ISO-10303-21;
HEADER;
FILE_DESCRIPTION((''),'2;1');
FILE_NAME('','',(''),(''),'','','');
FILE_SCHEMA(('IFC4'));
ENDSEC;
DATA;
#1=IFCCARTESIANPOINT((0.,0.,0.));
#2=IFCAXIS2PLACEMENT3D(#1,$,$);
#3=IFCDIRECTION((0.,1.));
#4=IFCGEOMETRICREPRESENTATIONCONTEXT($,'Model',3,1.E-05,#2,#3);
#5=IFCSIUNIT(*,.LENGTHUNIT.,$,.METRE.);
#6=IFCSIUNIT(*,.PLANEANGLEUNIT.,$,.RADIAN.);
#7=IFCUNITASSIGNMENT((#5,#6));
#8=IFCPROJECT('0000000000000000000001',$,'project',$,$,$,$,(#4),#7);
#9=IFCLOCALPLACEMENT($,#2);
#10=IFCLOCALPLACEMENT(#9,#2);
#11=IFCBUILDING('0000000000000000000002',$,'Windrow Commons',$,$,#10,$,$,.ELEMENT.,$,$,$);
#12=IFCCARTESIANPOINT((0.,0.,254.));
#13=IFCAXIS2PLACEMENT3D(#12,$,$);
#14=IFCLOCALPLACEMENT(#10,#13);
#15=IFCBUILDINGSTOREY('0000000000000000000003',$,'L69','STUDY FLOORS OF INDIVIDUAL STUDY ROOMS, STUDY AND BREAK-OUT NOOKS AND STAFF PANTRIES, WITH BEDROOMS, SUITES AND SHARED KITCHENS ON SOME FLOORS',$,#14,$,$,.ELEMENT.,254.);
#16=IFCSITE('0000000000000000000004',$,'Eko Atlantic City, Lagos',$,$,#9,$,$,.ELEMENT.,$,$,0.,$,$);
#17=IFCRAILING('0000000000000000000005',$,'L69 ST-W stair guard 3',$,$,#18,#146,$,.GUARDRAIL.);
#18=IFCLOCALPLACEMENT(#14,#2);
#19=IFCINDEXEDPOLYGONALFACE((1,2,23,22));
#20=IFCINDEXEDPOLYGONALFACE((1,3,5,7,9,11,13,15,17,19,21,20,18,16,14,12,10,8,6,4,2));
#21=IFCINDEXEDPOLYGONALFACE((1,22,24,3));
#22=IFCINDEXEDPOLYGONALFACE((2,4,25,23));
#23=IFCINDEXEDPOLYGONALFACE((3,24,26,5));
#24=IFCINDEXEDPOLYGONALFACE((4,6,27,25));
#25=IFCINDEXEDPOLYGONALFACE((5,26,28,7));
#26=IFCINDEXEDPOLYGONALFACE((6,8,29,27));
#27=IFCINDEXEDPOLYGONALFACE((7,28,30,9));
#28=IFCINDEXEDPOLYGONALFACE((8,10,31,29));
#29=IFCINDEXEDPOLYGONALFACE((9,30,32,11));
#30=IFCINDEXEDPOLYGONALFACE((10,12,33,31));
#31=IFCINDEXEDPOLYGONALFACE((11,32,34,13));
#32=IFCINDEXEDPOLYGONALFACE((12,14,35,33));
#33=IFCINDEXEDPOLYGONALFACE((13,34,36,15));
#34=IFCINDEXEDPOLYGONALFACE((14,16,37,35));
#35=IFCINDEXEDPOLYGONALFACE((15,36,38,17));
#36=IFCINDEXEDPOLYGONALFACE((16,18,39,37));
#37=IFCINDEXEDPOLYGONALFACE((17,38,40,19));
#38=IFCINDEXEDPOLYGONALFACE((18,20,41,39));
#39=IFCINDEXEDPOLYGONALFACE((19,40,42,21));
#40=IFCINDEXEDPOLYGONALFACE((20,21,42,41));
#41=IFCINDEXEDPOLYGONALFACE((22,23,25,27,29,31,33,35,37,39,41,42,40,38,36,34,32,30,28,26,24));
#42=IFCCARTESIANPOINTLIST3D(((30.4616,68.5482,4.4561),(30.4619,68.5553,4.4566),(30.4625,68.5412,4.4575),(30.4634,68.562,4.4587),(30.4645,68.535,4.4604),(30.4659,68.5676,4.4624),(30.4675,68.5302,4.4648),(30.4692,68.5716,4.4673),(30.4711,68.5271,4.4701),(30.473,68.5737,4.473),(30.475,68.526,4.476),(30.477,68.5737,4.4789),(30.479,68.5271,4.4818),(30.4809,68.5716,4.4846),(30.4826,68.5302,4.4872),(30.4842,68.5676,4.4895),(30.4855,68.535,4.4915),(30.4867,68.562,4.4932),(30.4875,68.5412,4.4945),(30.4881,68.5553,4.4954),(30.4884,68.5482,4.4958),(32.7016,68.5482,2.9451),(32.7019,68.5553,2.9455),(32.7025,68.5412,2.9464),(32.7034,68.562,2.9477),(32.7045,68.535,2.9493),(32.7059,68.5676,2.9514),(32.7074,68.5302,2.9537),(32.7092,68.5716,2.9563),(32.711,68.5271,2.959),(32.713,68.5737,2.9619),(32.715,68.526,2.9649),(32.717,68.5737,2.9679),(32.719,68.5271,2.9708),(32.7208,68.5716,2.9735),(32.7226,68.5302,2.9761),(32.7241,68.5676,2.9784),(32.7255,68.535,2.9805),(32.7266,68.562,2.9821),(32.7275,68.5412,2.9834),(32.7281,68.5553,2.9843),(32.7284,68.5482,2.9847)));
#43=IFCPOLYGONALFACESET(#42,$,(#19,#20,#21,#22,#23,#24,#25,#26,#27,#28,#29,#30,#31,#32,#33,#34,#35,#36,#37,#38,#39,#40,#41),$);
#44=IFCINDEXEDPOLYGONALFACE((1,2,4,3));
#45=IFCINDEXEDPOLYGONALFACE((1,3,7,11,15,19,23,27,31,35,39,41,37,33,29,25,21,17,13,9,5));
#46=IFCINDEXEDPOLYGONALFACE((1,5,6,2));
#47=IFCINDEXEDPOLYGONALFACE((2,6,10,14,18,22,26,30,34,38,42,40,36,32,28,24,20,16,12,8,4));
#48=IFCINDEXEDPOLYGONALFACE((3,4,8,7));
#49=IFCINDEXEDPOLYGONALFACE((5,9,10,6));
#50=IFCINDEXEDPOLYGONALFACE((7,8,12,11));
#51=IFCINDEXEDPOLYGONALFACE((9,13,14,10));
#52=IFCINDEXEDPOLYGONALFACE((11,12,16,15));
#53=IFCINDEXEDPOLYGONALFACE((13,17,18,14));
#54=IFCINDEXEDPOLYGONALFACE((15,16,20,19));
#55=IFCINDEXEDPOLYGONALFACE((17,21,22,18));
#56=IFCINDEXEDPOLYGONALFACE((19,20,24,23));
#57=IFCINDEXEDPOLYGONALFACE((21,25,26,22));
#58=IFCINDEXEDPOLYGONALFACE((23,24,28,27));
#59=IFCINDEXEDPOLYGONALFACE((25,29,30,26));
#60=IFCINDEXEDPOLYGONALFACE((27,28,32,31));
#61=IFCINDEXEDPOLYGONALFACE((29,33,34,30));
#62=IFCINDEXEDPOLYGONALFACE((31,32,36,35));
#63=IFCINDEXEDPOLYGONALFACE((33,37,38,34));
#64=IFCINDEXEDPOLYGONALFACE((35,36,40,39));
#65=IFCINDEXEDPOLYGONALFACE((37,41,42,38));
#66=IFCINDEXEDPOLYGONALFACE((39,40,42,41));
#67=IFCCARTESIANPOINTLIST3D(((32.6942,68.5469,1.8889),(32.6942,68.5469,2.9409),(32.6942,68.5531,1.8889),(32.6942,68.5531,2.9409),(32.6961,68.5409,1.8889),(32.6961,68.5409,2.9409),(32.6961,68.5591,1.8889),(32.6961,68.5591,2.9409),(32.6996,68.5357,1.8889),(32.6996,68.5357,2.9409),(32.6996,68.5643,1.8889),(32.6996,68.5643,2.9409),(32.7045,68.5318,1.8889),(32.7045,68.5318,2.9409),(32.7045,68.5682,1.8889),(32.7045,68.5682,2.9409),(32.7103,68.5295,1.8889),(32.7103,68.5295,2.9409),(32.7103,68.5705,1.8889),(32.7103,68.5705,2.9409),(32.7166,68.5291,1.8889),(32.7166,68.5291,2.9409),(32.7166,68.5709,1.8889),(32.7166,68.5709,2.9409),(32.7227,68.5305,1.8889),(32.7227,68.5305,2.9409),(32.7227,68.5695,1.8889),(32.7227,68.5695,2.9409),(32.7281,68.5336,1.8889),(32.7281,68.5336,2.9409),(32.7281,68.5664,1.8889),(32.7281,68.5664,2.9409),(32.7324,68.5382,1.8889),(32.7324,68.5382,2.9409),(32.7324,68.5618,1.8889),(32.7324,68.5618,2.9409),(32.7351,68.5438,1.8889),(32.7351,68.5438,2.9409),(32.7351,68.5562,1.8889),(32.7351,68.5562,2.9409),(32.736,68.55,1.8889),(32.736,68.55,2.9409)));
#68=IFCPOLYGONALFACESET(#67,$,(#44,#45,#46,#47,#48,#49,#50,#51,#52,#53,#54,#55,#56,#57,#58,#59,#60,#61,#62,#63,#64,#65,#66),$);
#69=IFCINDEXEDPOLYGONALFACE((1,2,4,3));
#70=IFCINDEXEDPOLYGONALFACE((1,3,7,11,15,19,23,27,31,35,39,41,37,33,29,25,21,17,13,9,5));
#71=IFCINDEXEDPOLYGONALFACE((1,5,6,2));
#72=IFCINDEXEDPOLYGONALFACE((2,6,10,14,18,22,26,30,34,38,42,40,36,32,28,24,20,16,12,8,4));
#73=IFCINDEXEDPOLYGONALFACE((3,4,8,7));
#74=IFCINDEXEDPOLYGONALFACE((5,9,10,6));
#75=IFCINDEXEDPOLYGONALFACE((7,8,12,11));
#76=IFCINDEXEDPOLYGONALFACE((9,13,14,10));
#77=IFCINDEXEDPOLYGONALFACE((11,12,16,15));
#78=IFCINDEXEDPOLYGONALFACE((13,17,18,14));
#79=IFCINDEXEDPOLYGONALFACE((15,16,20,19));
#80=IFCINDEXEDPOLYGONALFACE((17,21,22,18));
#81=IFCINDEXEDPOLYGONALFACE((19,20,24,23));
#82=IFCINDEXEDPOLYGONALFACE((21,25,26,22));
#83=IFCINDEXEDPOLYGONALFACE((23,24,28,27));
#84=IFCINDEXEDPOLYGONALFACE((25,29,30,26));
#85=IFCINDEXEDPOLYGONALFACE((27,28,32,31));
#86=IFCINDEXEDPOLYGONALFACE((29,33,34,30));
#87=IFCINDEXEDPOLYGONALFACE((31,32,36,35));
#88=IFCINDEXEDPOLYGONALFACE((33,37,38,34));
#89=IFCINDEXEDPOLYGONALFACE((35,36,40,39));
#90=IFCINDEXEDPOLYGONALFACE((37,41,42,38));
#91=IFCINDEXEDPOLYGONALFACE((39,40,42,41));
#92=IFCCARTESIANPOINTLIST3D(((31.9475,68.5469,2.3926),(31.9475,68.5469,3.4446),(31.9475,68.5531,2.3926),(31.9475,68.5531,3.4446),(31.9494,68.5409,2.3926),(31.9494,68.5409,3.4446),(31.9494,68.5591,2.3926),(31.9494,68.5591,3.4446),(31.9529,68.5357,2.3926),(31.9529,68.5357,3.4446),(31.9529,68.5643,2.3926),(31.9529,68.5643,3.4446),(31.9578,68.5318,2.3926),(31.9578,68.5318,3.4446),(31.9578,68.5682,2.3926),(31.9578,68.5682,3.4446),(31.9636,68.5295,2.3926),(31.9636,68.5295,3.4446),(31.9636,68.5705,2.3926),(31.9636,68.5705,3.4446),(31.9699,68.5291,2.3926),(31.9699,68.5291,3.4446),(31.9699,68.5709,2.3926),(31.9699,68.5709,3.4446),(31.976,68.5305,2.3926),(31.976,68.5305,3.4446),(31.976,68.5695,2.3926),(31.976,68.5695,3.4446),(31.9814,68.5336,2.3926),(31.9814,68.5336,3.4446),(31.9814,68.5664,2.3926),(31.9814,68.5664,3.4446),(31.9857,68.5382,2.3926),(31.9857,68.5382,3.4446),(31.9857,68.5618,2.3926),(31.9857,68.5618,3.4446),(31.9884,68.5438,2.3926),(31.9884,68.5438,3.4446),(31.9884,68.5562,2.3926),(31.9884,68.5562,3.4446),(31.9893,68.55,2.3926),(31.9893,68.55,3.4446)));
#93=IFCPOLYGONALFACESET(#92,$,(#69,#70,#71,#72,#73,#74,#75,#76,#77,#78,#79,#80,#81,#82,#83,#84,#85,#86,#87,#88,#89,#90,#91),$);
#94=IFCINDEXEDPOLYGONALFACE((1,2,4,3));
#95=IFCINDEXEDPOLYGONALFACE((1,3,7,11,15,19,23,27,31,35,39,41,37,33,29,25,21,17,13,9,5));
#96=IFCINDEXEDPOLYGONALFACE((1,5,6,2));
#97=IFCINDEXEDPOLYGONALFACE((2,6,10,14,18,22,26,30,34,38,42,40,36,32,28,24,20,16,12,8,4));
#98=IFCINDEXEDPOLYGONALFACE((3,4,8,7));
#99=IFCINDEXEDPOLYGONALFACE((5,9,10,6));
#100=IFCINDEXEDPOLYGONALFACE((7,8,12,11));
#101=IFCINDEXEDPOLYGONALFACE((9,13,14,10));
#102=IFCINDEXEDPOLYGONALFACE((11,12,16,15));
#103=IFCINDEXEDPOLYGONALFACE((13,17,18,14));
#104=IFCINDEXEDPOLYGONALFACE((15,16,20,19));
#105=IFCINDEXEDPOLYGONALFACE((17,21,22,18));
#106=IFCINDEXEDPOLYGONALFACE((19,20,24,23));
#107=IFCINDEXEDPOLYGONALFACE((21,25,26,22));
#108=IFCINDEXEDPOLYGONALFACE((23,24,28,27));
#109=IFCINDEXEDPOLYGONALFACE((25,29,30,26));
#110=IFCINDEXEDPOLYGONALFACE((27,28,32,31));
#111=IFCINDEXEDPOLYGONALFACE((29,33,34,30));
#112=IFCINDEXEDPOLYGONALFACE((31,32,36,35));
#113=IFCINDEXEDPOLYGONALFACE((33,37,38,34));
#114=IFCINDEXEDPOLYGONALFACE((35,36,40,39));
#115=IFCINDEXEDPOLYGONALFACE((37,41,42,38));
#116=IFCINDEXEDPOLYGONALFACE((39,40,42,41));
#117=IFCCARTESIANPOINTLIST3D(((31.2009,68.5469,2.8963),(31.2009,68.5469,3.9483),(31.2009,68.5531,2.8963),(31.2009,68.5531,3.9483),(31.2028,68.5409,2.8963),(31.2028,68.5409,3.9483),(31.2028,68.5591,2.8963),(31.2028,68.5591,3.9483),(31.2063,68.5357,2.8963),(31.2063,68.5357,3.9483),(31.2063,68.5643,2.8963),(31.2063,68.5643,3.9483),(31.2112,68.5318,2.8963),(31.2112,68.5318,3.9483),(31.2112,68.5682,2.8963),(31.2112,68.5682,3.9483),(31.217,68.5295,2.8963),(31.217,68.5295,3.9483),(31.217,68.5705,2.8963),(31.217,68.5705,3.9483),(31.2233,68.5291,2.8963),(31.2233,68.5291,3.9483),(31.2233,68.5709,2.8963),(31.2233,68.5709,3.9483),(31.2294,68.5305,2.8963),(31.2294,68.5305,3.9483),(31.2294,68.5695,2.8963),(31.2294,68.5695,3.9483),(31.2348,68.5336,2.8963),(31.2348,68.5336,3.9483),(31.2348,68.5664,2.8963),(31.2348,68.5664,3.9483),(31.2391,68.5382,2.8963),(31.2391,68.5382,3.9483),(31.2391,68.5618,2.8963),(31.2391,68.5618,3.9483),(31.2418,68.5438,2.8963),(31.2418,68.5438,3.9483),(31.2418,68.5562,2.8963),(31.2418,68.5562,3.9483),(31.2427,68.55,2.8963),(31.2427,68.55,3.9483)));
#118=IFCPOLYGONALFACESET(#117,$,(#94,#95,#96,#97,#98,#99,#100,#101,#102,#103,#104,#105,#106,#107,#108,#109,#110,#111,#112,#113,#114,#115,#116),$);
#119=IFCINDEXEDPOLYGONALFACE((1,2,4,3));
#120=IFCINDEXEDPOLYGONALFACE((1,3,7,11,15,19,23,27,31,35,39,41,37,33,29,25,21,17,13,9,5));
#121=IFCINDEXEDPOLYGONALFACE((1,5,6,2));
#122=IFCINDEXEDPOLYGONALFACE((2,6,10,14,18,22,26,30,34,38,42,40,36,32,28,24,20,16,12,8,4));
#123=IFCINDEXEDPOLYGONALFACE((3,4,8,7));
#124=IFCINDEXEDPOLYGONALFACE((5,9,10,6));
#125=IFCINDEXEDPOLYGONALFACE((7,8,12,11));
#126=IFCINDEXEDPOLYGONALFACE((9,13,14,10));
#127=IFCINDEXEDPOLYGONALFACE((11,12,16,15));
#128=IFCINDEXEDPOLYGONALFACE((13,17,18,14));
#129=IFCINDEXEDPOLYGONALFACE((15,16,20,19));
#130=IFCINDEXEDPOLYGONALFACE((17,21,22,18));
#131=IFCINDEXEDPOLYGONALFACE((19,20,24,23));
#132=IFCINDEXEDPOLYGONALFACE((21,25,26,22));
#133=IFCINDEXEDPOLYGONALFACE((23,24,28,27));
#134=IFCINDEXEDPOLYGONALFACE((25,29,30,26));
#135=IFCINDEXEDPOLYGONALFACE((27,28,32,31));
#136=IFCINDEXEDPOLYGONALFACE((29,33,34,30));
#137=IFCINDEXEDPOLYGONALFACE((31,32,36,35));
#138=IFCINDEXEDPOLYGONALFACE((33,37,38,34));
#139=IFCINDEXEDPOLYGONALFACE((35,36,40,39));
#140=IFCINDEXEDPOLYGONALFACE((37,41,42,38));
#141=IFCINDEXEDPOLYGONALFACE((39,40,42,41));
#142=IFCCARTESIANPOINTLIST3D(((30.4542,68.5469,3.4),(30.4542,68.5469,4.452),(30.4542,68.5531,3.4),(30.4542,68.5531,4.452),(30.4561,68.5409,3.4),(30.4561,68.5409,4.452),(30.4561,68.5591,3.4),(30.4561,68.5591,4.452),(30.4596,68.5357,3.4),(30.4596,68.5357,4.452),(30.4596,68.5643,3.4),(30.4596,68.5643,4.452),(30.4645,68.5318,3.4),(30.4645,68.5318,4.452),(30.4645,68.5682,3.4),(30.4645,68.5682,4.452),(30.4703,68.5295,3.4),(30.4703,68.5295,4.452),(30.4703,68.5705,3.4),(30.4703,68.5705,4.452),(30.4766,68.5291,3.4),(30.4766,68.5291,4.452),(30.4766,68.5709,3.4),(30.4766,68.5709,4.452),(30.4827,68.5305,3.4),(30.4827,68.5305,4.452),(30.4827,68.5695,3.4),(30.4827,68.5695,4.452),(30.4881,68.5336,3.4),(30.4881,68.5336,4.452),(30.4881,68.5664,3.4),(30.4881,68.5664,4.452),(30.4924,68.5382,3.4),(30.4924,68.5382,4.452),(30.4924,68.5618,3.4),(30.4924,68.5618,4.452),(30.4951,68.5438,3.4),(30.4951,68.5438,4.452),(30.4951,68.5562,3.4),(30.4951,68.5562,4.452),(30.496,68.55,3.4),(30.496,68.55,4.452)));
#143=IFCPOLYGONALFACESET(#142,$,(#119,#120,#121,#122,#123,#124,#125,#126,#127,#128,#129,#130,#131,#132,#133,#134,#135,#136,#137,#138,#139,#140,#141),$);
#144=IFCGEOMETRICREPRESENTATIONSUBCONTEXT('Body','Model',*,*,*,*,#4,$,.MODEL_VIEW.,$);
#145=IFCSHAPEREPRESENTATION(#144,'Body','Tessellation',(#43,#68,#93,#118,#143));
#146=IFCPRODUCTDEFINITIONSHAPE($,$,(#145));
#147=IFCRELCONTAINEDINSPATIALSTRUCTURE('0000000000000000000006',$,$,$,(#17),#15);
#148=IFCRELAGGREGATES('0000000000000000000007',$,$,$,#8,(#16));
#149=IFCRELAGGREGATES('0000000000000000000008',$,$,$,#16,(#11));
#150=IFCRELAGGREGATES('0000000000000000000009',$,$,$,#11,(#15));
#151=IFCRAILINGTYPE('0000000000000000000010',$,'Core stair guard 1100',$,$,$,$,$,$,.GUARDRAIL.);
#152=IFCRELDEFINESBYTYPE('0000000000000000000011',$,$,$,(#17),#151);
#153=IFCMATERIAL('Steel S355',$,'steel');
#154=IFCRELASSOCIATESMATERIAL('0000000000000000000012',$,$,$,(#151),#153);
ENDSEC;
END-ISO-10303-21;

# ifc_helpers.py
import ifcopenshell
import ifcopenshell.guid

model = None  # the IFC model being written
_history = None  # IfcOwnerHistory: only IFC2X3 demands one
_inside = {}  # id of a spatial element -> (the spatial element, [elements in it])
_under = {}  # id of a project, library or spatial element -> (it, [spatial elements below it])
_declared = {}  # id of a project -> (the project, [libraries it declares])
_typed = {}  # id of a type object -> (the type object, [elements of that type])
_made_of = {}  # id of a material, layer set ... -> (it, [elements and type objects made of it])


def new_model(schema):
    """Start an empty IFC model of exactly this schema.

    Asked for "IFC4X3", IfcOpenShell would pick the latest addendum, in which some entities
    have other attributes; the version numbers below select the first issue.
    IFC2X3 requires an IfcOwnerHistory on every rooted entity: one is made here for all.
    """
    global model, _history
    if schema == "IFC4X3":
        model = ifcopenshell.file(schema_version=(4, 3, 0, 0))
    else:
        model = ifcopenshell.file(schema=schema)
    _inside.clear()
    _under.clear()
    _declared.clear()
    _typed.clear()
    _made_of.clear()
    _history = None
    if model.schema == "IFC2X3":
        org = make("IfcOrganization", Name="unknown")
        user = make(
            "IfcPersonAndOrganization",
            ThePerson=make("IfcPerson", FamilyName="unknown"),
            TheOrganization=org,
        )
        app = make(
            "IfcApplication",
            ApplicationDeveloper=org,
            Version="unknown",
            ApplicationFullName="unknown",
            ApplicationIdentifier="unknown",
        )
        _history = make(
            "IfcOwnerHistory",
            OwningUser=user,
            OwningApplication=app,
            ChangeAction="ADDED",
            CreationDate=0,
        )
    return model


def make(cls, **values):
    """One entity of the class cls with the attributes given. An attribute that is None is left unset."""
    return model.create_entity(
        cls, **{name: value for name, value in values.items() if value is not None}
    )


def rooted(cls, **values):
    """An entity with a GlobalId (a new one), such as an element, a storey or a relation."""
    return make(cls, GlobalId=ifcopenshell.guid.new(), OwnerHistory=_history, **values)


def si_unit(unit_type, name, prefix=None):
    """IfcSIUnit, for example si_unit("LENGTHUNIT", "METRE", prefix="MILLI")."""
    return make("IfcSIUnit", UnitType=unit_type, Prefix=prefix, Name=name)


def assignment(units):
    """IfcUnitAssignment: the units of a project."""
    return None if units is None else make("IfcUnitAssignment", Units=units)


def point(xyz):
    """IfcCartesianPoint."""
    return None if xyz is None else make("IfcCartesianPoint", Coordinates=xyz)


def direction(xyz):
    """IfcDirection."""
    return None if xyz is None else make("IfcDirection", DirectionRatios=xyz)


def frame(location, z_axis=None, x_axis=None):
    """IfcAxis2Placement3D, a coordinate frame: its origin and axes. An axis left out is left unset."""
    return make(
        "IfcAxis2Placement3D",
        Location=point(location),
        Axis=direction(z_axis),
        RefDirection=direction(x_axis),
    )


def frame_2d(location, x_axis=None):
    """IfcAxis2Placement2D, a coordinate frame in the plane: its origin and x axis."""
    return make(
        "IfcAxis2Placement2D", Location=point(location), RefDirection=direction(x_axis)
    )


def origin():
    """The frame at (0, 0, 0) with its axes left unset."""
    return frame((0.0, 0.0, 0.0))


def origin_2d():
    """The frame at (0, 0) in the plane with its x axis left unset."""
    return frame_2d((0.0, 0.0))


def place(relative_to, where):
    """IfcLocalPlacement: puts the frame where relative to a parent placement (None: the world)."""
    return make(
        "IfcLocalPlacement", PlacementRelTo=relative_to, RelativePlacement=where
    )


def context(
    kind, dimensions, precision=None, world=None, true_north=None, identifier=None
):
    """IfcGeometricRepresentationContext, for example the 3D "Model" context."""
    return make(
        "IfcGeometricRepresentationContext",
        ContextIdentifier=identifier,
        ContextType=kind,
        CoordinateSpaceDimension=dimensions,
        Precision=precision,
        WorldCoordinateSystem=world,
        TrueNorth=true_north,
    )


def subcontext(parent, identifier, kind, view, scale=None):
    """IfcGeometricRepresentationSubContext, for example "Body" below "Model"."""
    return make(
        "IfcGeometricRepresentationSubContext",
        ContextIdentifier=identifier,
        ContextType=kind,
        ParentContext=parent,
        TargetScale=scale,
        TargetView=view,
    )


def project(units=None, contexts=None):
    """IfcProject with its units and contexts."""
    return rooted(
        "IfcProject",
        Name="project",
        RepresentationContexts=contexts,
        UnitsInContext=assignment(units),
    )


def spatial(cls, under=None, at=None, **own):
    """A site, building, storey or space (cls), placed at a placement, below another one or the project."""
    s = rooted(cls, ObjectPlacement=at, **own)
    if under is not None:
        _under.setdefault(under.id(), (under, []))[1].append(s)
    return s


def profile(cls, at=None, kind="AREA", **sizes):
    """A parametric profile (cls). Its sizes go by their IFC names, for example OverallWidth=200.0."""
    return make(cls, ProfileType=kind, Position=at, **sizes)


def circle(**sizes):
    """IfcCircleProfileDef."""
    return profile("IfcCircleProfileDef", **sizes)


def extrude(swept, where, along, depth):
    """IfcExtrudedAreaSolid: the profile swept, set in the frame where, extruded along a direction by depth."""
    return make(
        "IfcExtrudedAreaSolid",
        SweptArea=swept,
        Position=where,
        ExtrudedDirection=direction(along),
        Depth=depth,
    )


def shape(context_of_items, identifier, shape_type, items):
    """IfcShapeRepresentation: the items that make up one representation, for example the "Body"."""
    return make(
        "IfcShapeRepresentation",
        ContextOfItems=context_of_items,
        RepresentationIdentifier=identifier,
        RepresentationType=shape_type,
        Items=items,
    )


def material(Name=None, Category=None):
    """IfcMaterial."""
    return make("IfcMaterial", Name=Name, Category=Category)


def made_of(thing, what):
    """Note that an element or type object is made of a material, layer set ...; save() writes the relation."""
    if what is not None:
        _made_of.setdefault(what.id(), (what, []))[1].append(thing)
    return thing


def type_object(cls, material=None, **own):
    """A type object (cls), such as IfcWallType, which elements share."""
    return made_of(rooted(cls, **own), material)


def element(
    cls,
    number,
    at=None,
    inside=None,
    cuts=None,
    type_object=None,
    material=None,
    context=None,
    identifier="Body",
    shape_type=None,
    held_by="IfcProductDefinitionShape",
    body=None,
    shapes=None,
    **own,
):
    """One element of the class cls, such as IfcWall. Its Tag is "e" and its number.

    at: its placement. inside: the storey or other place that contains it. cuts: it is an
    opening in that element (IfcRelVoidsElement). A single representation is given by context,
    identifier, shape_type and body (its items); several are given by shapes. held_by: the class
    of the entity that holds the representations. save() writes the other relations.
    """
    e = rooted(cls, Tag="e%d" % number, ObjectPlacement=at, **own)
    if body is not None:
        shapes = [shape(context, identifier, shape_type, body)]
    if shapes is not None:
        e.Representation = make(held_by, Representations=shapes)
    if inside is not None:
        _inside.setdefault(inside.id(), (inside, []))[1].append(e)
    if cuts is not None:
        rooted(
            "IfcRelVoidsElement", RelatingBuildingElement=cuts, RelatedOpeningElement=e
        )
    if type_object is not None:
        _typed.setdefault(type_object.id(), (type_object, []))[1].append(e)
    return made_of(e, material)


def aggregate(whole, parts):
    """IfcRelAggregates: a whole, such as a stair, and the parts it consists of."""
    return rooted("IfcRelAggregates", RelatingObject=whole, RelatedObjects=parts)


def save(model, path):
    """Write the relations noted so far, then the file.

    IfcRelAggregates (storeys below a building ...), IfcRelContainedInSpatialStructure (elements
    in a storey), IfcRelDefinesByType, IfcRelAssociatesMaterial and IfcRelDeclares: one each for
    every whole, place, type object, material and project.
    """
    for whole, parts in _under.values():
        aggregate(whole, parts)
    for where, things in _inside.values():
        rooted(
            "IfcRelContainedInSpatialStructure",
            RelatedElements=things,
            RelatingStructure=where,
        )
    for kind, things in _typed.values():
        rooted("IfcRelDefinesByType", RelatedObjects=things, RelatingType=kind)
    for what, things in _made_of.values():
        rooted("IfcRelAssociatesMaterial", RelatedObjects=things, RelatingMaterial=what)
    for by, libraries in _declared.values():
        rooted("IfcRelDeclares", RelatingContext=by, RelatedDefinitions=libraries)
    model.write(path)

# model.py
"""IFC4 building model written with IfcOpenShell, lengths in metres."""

from ifc_helpers import new_model, si_unit, direction, frame, origin, origin_2d, place, context, subcontext, project, spatial, circle, extrude, material, type_object, element, save


model = new_model("IFC4")

# Units and contexts
model_context = context("Model", 3, precision=1e-05, world=origin(), true_north=direction((0.0, 1.0)))
body_context = subcontext(model_context, "Body", "Model", "MODEL_VIEW")
ifc_project = project(units=[si_unit("LENGTHUNIT", "METRE"), si_unit("PLANEANGLEUNIT", "RADIAN")], contexts=[model_context])

# Site, building, storey
site_placement = place(None, origin())
site = spatial("IfcSite", under=ifc_project, at=site_placement, Name="Eko Atlantic City, Lagos", CompositionType="ELEMENT", RefElevation=0.0)
building_placement = place(site_placement, origin())
building = spatial("IfcBuilding", under=site, at=building_placement, Name="Windrow Commons", CompositionType="ELEMENT")
storey_placement = place(building_placement, frame((0.0, 0.0, 254.0)))
storey = spatial("IfcBuildingStorey", under=building, at=storey_placement, Name="L69", Description="STUDY FLOORS OF INDIVIDUAL STUDY ROOMS, STUDY AND BREAK-OUT NOOKS AND STAFF PANTRIES, WITH BEDROOMS, SUITES AND SHARED KITCHENS ON SOME FLOORS", CompositionType="ELEMENT", Elevation=254.0)

# Railing
ifc_material_1 = material(Name="Steel S355", Category="steel")
railing_type_1 = type_object("IfcRailingType", Name="Core stair guard 1100", PredefinedType="GUARDRAIL", material=ifc_material_1)
railing_1_placement = place(storey_placement, frame((32.715, 68.55, 1.8889)))
element("IfcRailing", 1, at=railing_1_placement, inside=storey, type_object=railing_type_1, Name="L69 ST-W stair guard 3", PredefinedType="GUARDRAIL", context=body_context, shape_type="SweptSolid", body=[
    extrude(circle(Radius=0.024, at=origin_2d()), frame((0.0, 0.0, 1.076), z_axis=(-0.829003, 0.0, 0.559244), x_axis=(0.0, -1.0, 0.0)), (0.0, 0.0, 1.0), 2.702),
    extrude(circle(Radius=0.021, at=origin_2d()), origin(), (0.0, 0.0, 1.0), 1.052),
    extrude(circle(Radius=0.021, at=origin_2d()), frame((-0.7467, 0.0, 0.5037)), (0.0, 0.0, 1.0), 1.052),
    extrude(circle(Radius=0.021, at=origin_2d()), frame((-1.4933, 0.0, 1.0074)), (0.0, 0.0, 1.0), 1.052),
    extrude(circle(Radius=0.021, at=origin_2d()), frame((-2.24, 0.0, 1.5111)), (0.0, 0.0, 1.0), 1.052),
])

save(model, "model.ifc")
